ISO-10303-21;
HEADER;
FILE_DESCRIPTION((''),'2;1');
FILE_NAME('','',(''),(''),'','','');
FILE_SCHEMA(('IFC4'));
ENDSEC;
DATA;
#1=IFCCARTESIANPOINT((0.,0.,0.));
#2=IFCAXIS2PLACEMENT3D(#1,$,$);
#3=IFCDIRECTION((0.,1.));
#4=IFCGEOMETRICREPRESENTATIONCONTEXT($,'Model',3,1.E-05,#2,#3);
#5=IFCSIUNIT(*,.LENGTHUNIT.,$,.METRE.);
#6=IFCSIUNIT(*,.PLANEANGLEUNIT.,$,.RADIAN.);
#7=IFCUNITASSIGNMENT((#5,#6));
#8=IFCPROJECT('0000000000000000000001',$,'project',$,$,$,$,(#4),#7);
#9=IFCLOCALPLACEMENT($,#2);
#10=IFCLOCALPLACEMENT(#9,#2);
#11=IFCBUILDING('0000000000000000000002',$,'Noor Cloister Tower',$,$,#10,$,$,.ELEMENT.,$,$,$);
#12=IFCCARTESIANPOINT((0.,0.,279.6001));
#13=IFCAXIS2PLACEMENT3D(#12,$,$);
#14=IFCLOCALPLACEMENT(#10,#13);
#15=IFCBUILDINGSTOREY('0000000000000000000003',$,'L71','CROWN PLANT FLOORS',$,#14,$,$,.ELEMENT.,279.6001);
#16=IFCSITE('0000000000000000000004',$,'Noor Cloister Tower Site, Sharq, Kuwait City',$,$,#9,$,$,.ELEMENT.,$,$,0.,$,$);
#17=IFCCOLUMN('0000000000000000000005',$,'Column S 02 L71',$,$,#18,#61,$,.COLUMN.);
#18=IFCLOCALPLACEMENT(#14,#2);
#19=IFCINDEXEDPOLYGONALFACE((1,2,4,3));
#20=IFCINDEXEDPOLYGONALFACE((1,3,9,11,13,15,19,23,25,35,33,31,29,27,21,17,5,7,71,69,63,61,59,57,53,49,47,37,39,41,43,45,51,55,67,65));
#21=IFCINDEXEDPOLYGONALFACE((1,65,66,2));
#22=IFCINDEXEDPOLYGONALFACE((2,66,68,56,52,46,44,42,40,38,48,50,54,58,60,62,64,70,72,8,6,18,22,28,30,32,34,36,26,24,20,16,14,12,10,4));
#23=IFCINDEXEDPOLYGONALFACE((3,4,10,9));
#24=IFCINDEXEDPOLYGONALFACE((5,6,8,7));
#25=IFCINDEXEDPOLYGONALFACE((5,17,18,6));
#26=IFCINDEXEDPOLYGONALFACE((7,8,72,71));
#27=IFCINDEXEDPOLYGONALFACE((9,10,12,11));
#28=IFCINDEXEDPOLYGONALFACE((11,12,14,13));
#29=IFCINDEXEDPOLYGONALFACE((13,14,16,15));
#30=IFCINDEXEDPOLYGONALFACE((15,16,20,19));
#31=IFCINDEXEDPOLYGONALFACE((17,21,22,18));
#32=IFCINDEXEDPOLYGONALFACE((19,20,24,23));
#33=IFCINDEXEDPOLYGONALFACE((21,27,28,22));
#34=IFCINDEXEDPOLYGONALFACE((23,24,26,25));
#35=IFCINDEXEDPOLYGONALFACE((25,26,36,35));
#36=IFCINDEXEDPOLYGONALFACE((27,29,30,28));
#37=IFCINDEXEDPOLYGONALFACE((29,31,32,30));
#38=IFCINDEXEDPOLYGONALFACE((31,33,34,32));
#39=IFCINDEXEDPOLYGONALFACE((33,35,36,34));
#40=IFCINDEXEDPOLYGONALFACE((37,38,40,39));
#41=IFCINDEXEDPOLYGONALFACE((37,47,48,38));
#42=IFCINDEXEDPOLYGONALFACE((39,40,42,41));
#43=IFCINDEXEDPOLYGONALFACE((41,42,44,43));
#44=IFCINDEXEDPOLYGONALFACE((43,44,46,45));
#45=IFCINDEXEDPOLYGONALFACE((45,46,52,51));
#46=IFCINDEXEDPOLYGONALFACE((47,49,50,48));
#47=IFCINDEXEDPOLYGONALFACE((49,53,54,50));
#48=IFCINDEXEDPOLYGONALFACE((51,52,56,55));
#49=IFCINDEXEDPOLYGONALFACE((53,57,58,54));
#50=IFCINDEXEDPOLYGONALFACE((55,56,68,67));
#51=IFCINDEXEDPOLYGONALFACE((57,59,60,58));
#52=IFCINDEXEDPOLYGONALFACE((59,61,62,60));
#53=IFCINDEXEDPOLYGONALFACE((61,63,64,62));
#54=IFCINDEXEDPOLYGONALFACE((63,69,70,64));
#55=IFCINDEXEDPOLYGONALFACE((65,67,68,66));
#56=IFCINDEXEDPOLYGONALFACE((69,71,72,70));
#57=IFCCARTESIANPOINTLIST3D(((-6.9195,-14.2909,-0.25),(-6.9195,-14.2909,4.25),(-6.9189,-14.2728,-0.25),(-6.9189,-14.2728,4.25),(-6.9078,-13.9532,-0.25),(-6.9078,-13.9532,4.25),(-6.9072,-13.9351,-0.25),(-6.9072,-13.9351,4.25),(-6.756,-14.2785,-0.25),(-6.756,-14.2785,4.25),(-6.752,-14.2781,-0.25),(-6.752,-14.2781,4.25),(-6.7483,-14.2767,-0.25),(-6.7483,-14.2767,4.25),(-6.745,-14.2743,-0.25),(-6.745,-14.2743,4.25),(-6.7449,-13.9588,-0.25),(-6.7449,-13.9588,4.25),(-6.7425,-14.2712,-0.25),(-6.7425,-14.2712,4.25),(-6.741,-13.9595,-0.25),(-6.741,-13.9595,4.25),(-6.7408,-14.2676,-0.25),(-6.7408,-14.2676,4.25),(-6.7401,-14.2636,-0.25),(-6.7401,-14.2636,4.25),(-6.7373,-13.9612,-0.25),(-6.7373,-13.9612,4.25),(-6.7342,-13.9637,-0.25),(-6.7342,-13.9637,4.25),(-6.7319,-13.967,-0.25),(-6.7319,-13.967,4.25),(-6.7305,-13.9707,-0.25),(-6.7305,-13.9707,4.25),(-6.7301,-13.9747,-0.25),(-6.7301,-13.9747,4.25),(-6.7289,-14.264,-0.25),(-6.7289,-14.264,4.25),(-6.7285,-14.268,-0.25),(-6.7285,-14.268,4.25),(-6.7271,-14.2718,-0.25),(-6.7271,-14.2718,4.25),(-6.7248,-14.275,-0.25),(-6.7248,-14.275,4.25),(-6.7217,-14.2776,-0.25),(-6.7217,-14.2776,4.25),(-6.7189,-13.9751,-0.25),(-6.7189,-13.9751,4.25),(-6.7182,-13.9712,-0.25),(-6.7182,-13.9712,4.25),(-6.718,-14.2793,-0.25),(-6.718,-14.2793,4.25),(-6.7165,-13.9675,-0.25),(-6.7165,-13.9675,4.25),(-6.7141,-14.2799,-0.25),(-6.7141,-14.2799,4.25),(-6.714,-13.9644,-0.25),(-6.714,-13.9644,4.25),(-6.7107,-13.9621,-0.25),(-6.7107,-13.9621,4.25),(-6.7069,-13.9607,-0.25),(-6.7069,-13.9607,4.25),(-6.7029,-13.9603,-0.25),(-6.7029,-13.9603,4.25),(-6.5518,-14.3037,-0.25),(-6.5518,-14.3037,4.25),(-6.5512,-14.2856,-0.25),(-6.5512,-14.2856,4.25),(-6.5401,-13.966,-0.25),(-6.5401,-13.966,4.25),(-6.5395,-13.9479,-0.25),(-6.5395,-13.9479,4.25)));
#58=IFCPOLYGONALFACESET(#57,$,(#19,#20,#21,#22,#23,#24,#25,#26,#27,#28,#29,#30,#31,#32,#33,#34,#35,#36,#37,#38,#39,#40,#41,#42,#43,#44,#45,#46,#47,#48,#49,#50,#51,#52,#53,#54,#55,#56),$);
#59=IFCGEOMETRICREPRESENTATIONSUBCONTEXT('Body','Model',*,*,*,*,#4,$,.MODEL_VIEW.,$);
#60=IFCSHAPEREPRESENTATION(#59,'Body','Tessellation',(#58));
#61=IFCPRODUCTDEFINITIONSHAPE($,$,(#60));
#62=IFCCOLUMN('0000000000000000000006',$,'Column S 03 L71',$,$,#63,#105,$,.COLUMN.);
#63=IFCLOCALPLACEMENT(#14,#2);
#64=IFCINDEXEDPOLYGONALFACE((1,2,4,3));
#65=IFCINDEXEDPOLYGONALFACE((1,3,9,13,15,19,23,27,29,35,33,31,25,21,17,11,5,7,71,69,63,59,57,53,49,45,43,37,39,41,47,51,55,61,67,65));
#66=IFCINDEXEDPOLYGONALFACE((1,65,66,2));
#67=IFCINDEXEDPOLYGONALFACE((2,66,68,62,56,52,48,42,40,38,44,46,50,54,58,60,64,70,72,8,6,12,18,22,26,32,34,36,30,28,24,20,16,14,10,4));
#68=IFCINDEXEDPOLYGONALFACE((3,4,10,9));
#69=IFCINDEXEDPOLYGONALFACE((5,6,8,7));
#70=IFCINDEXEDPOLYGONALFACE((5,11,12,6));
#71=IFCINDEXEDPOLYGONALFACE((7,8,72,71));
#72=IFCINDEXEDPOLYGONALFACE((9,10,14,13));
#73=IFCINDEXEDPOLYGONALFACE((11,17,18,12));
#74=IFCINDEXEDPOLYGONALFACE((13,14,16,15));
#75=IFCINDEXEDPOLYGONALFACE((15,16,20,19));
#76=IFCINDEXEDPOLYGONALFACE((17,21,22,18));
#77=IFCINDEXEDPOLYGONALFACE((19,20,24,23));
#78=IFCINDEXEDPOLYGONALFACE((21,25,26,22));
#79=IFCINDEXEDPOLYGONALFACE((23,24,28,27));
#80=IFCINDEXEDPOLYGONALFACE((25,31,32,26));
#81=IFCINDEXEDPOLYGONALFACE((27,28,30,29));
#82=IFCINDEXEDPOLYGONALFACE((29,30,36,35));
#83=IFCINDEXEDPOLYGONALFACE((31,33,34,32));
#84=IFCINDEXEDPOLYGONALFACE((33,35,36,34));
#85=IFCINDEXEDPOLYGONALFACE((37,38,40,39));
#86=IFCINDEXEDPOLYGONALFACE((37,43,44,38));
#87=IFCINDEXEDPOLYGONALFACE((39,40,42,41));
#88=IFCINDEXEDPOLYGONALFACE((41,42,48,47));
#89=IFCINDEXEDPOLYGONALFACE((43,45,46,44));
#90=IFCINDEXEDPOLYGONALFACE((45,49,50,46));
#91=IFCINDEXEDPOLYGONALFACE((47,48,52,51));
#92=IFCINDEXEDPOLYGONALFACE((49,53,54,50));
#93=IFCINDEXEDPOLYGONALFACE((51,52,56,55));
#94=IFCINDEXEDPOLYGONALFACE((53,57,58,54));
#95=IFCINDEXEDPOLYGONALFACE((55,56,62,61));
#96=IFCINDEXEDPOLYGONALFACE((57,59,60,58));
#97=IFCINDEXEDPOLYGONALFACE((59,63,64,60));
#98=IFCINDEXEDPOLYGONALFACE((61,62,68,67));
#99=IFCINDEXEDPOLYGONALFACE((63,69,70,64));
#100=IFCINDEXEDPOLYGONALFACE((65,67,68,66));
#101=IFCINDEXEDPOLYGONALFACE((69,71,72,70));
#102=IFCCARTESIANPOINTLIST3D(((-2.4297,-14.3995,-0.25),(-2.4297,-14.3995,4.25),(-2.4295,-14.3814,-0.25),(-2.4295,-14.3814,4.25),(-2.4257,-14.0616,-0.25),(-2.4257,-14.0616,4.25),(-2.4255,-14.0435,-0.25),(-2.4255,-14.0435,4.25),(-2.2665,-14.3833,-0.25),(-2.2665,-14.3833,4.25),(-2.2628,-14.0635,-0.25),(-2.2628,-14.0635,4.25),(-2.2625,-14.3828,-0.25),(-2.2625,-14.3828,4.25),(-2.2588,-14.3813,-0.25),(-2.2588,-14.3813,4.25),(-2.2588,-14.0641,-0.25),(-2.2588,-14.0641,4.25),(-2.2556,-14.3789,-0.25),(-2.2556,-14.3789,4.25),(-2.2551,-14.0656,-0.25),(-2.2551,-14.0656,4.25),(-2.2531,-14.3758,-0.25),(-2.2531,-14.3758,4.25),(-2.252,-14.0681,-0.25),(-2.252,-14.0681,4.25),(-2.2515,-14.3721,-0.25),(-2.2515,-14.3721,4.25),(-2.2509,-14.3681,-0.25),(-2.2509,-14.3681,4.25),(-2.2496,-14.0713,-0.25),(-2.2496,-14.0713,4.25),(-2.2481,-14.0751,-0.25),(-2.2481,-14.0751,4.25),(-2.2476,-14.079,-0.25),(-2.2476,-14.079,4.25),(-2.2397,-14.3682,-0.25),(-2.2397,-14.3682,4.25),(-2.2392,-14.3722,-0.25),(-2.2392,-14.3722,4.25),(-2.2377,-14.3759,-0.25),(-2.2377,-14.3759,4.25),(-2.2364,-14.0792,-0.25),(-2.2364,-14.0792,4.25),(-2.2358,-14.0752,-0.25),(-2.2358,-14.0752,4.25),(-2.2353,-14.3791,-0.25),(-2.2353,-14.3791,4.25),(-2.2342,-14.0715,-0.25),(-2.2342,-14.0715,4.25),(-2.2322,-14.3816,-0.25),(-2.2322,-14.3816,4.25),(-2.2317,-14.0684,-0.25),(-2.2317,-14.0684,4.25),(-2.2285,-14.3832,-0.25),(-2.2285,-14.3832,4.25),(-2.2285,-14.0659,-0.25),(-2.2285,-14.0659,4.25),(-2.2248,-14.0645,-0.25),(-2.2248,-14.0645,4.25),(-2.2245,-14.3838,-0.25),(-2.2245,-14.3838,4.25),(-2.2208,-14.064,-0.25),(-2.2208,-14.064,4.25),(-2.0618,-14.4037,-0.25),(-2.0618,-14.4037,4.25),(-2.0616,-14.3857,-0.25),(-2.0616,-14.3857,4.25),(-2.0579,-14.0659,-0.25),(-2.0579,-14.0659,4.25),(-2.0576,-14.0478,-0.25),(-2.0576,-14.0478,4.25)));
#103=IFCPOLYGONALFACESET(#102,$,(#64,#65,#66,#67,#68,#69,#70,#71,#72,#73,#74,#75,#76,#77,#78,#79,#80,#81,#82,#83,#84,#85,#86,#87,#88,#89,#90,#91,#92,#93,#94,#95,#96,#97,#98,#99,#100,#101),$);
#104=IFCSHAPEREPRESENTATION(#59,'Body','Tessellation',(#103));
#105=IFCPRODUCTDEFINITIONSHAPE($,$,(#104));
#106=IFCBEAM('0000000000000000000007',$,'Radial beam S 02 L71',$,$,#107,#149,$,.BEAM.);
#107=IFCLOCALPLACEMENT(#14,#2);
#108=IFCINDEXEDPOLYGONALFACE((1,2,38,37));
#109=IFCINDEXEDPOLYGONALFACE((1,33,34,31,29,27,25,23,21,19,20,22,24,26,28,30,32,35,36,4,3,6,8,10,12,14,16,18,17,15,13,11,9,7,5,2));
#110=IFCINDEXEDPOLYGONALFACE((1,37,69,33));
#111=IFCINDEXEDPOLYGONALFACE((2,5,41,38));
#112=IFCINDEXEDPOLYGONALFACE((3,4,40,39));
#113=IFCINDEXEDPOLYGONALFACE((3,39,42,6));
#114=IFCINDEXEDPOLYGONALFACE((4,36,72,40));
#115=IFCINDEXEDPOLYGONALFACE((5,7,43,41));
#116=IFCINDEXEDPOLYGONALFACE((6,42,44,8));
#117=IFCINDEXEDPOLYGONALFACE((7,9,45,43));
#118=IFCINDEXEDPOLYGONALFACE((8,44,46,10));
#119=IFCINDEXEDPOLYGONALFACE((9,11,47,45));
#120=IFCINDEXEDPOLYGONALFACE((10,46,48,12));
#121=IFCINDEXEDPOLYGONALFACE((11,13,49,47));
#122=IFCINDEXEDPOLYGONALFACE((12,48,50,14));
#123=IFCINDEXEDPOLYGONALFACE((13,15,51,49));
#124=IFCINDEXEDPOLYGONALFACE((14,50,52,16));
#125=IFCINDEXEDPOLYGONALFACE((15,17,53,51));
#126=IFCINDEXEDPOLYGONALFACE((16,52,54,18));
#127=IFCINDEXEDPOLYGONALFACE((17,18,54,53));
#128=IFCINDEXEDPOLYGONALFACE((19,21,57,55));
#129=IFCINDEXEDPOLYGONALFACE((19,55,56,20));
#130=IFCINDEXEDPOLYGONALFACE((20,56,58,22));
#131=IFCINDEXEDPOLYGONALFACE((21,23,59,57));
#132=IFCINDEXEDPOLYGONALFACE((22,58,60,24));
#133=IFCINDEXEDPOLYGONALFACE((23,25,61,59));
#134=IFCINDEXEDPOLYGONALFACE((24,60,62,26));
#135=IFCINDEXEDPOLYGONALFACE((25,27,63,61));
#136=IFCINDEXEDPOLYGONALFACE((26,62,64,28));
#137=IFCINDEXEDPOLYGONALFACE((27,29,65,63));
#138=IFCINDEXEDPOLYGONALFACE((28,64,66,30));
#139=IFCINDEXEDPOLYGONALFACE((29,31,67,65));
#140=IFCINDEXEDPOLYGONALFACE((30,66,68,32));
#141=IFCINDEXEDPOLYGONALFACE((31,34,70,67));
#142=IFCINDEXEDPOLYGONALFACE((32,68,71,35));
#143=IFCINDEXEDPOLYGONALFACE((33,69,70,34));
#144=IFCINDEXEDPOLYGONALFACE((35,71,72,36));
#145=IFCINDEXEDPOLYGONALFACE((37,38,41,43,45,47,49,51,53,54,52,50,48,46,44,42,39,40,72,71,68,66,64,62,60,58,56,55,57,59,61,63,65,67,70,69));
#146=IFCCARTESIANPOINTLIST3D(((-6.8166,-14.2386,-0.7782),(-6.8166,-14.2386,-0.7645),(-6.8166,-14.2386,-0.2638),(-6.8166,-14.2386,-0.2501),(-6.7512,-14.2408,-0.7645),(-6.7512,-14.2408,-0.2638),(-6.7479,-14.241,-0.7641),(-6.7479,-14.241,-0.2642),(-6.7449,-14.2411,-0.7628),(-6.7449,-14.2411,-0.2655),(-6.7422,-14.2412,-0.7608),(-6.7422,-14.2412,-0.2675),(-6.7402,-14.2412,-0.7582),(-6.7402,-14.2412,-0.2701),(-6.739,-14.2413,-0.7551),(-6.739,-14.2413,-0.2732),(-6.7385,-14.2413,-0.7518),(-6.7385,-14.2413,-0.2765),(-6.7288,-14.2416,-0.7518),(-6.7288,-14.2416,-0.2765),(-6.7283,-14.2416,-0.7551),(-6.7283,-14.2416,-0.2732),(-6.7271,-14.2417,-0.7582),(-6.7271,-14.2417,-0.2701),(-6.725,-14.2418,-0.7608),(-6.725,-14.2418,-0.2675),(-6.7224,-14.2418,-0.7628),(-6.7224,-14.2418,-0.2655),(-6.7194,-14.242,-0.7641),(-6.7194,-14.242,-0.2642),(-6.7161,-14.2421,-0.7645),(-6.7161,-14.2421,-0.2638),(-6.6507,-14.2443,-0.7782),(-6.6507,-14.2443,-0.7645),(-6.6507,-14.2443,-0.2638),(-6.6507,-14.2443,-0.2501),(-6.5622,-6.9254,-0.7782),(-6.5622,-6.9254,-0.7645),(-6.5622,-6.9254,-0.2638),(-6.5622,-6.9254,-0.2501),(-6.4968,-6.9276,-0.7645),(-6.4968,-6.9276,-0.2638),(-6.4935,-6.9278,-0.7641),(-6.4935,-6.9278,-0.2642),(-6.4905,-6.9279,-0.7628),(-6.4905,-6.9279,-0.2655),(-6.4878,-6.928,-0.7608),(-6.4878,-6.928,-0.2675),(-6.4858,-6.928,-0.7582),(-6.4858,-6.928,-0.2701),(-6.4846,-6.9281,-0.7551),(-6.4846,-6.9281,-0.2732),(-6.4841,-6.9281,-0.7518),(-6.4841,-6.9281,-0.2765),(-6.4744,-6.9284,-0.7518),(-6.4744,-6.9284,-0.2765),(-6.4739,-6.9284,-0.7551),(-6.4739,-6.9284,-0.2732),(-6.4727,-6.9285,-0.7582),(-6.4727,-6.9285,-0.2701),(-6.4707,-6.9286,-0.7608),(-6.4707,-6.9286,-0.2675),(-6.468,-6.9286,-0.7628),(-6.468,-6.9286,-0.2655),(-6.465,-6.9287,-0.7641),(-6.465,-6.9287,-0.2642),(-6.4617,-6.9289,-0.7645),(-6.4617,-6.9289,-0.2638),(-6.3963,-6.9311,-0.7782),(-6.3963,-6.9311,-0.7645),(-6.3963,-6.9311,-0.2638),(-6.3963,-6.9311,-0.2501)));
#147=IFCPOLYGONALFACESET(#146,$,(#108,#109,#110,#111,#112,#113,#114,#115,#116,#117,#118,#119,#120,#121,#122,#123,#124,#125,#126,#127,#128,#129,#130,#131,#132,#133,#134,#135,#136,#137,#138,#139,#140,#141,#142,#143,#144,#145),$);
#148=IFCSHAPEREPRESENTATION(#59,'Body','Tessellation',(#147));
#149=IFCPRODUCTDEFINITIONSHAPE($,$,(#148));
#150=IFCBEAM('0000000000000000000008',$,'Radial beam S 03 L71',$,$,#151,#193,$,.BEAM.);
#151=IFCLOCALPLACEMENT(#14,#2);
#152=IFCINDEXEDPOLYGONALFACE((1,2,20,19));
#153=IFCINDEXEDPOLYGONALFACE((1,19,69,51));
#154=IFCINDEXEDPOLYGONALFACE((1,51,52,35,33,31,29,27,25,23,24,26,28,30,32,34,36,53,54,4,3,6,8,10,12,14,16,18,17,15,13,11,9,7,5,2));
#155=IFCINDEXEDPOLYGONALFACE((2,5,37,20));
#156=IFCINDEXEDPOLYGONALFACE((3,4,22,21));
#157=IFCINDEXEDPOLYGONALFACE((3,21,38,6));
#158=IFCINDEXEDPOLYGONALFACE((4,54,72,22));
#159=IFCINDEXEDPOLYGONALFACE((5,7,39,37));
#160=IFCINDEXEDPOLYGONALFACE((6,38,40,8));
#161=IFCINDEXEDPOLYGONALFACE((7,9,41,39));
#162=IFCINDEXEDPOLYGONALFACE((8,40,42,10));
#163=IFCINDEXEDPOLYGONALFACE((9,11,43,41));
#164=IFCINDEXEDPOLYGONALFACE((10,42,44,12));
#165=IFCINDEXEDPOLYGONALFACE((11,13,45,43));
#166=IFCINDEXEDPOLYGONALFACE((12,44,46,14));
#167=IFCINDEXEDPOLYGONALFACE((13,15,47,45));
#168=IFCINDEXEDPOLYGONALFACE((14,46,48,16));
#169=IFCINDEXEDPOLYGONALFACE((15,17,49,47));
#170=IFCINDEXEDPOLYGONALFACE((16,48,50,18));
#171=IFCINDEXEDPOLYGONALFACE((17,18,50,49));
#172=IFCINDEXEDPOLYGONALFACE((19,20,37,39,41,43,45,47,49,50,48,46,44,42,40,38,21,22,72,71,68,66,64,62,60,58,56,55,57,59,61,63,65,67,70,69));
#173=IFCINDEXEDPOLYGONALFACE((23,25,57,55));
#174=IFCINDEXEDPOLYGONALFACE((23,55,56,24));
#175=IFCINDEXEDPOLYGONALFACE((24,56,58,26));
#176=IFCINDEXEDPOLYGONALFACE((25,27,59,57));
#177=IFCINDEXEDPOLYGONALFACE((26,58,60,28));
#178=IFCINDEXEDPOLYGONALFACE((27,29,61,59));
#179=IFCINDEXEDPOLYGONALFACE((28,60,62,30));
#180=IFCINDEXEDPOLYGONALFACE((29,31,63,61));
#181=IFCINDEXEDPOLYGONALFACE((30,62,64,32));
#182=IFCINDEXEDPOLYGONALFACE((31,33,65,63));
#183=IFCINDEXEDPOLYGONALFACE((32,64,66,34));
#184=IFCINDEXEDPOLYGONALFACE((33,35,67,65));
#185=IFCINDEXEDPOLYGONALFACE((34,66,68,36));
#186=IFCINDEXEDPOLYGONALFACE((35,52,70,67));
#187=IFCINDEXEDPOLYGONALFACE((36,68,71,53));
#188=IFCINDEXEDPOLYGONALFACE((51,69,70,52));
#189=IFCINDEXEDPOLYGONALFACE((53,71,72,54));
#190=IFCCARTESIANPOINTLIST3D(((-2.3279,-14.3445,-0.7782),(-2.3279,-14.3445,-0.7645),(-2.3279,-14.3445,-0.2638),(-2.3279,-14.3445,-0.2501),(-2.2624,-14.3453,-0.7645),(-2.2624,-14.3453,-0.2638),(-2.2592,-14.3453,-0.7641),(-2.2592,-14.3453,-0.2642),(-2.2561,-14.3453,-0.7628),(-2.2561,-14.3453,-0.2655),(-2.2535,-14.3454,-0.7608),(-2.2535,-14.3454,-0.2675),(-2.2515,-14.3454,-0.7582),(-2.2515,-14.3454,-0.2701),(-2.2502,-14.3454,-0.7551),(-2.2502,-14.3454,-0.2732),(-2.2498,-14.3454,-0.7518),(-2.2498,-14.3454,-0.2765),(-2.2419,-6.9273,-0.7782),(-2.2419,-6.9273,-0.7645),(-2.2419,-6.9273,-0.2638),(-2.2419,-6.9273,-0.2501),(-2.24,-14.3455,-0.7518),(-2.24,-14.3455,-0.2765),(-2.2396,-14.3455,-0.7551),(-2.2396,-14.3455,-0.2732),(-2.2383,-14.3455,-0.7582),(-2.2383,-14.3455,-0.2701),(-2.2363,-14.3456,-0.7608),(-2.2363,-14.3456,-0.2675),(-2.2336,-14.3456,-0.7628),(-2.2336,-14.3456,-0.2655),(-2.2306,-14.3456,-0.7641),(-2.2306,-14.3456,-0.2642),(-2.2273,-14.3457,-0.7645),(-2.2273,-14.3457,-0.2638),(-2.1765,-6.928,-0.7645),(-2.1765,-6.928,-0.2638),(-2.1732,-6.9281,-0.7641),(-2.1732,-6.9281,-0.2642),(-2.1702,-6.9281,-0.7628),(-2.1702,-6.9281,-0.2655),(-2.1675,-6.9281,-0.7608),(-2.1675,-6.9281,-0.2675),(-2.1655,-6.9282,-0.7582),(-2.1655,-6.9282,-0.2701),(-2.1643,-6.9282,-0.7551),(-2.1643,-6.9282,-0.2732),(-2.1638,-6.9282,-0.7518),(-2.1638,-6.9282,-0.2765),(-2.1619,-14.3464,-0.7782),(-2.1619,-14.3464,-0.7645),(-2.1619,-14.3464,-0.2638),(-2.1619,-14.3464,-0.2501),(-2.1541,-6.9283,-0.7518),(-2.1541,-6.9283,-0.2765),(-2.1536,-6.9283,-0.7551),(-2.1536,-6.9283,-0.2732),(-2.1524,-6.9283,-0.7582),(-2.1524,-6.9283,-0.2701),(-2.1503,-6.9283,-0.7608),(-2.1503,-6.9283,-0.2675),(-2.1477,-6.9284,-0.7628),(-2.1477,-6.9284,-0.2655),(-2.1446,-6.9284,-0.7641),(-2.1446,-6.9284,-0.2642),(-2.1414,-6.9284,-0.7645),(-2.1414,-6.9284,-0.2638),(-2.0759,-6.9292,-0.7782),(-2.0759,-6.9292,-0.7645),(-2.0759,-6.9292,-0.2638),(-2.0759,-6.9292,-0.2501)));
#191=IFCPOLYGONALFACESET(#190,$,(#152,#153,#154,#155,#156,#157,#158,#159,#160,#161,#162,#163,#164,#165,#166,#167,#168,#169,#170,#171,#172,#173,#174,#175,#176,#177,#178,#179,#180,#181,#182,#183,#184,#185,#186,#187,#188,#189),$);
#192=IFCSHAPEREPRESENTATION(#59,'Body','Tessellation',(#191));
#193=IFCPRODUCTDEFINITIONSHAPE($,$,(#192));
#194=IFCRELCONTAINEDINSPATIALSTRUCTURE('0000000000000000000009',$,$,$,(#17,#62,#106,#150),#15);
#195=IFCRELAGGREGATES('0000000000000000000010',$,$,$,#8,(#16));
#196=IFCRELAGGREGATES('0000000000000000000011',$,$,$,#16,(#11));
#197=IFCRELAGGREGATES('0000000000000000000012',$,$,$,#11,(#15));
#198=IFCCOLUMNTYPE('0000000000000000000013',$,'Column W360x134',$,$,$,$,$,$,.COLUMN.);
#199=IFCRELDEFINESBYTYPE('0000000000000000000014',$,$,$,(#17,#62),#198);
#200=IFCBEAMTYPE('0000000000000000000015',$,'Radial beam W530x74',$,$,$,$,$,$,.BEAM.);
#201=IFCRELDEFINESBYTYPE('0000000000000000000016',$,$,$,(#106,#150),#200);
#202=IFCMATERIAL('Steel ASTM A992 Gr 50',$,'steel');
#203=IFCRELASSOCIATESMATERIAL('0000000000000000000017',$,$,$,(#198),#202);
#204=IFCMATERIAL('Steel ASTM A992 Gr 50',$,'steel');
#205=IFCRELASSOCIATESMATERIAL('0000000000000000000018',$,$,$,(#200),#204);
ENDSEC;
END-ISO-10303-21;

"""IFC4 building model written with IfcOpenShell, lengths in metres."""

from ifc_helpers import new_model, si_unit, direction, frame, origin, origin_2d, place, context, subcontext, project, spatial, i_section, extrude, material, material_profile, profile_set, type_object, element, save


model = new_model("IFC4")

# Units and contexts
model_context = context("Model", 3, precision=1e-05, world=origin(), true_north=direction((0.0, 1.0)))
body_context = subcontext(model_context, "Body", "Model", "MODEL_VIEW")
ifc_project = project(units=[si_unit("LENGTHUNIT", "METRE"), si_unit("PLANEANGLEUNIT", "RADIAN")], contexts=[model_context])

# Site, building, storey
site_placement = place(None, origin())
site = spatial("IfcSite", under=ifc_project, at=site_placement, Name="Noor Cloister Tower Site, Sharq, Kuwait City", CompositionType="ELEMENT", RefElevation=0.0)
building_placement = place(site_placement, origin())
building = spatial("IfcBuilding", under=site, at=building_placement, Name="Noor Cloister Tower", CompositionType="ELEMENT")
storey_placement = place(building_placement, frame((0.0, 0.0, 279.6001)))
storey = spatial("IfcBuildingStorey", under=building, at=storey_placement, Name="L71", Description="CROWN PLANT FLOORS", CompositionType="ELEMENT", Elevation=279.6001)

# Columns
ifc_material_1 = material(Name="Steel ASTM A992 Gr 50", Category="steel")
ifc_material_profile_1 = material_profile(ifc_material_1, i_section(OverallWidth=0.3679, OverallDepth=0.356, WebThickness=0.0112, FlangeThickness=0.0181, FilletRadius=0.0154, at=origin_2d()), Name="W360x134")
ifc_profile_set_1 = profile_set([ifc_material_profile_1], Name="Steel ASTM A992 Gr 50")
column_type = type_object("IfcColumnType", Name="Column W360x134", PredefinedType="COLUMN", material=ifc_profile_set_1)
for number, where, z_axis, x_axis, name in (
    (1, (-6.7295, -14.1194, -0.25), (0.0, 0.0, 1.0), (0.999395, -0.034782, 0.0), "Column S 02 L71"),
    (2, (-2.2437, -14.2236, -0.25), (0.0, 0.0, 1.0), (0.999933, -0.011596, 0.0), "Column S 03 L71"),
):
    element("IfcColumn", number, at=place(storey_placement, frame(where, z_axis=z_axis, x_axis=x_axis)), inside=storey, type_object=column_type, Name=name, PredefinedType="COLUMN", context=body_context, shape_type="SweptSolid", body=[
        extrude(i_section(OverallWidth=0.3679, OverallDepth=0.356, WebThickness=0.0112, FlangeThickness=0.0181, FilletRadius=0.0154, at=origin_2d()), origin(), (0.0, 0.0, 1.0), 4.5),
    ])

# Beams
ifc_material_2 = material(Name="Steel ASTM A992 Gr 50", Category="steel")
ifc_material_profile_2 = material_profile(ifc_material_2, i_section(OverallWidth=0.166, OverallDepth=0.5281, WebThickness=0.0098, FlangeThickness=0.0137, FilletRadius=0.0127, at=origin_2d()), Name="W530x74")
ifc_profile_set_2 = profile_set([ifc_material_profile_2], Name="Steel ASTM A992 Gr 50")
beam_type_1 = type_object("IfcBeamType", Name="Radial beam W530x74", PredefinedType="BEAM", material=ifc_profile_set_2)
beam_1_placement = place(storey_placement, frame((-6.7336, -14.2415, -0.5142), z_axis=(0.034764, 0.999396, 0.0), x_axis=(-0.999396, 0.034764, 0.0)))
element("IfcBeam", 3, at=beam_1_placement, inside=storey, type_object=beam_type_1, Name="Radial beam S 02 L71", PredefinedType="BEAM", context=body_context, shape_type="SweptSolid", body=[
    extrude(i_section(OverallWidth=0.166, OverallDepth=0.5281, WebThickness=0.0098, FlangeThickness=0.0137, FilletRadius=0.0127, at=origin_2d()), origin(), (0.0, 0.0, 1.0), 7.3176),
])
beam_2_placement = place(storey_placement, frame((-2.2449, -14.3455, -0.5142), z_axis=(0.011585, 0.999933, 0.0), x_axis=(-0.999933, 0.011585, 0.0)))
element("IfcBeam", 4, at=beam_2_placement, inside=storey, type_object=beam_type_1, Name="Radial beam S 03 L71", PredefinedType="BEAM", context=body_context, shape_type="SweptSolid", body=[
    extrude(i_section(OverallWidth=0.166, OverallDepth=0.5281, WebThickness=0.0098, FlangeThickness=0.0137, FilletRadius=0.0127, at=origin_2d()), origin(), (0.0, 0.0, 1.0), 7.4177),
])

save(model, "model.ifc")
